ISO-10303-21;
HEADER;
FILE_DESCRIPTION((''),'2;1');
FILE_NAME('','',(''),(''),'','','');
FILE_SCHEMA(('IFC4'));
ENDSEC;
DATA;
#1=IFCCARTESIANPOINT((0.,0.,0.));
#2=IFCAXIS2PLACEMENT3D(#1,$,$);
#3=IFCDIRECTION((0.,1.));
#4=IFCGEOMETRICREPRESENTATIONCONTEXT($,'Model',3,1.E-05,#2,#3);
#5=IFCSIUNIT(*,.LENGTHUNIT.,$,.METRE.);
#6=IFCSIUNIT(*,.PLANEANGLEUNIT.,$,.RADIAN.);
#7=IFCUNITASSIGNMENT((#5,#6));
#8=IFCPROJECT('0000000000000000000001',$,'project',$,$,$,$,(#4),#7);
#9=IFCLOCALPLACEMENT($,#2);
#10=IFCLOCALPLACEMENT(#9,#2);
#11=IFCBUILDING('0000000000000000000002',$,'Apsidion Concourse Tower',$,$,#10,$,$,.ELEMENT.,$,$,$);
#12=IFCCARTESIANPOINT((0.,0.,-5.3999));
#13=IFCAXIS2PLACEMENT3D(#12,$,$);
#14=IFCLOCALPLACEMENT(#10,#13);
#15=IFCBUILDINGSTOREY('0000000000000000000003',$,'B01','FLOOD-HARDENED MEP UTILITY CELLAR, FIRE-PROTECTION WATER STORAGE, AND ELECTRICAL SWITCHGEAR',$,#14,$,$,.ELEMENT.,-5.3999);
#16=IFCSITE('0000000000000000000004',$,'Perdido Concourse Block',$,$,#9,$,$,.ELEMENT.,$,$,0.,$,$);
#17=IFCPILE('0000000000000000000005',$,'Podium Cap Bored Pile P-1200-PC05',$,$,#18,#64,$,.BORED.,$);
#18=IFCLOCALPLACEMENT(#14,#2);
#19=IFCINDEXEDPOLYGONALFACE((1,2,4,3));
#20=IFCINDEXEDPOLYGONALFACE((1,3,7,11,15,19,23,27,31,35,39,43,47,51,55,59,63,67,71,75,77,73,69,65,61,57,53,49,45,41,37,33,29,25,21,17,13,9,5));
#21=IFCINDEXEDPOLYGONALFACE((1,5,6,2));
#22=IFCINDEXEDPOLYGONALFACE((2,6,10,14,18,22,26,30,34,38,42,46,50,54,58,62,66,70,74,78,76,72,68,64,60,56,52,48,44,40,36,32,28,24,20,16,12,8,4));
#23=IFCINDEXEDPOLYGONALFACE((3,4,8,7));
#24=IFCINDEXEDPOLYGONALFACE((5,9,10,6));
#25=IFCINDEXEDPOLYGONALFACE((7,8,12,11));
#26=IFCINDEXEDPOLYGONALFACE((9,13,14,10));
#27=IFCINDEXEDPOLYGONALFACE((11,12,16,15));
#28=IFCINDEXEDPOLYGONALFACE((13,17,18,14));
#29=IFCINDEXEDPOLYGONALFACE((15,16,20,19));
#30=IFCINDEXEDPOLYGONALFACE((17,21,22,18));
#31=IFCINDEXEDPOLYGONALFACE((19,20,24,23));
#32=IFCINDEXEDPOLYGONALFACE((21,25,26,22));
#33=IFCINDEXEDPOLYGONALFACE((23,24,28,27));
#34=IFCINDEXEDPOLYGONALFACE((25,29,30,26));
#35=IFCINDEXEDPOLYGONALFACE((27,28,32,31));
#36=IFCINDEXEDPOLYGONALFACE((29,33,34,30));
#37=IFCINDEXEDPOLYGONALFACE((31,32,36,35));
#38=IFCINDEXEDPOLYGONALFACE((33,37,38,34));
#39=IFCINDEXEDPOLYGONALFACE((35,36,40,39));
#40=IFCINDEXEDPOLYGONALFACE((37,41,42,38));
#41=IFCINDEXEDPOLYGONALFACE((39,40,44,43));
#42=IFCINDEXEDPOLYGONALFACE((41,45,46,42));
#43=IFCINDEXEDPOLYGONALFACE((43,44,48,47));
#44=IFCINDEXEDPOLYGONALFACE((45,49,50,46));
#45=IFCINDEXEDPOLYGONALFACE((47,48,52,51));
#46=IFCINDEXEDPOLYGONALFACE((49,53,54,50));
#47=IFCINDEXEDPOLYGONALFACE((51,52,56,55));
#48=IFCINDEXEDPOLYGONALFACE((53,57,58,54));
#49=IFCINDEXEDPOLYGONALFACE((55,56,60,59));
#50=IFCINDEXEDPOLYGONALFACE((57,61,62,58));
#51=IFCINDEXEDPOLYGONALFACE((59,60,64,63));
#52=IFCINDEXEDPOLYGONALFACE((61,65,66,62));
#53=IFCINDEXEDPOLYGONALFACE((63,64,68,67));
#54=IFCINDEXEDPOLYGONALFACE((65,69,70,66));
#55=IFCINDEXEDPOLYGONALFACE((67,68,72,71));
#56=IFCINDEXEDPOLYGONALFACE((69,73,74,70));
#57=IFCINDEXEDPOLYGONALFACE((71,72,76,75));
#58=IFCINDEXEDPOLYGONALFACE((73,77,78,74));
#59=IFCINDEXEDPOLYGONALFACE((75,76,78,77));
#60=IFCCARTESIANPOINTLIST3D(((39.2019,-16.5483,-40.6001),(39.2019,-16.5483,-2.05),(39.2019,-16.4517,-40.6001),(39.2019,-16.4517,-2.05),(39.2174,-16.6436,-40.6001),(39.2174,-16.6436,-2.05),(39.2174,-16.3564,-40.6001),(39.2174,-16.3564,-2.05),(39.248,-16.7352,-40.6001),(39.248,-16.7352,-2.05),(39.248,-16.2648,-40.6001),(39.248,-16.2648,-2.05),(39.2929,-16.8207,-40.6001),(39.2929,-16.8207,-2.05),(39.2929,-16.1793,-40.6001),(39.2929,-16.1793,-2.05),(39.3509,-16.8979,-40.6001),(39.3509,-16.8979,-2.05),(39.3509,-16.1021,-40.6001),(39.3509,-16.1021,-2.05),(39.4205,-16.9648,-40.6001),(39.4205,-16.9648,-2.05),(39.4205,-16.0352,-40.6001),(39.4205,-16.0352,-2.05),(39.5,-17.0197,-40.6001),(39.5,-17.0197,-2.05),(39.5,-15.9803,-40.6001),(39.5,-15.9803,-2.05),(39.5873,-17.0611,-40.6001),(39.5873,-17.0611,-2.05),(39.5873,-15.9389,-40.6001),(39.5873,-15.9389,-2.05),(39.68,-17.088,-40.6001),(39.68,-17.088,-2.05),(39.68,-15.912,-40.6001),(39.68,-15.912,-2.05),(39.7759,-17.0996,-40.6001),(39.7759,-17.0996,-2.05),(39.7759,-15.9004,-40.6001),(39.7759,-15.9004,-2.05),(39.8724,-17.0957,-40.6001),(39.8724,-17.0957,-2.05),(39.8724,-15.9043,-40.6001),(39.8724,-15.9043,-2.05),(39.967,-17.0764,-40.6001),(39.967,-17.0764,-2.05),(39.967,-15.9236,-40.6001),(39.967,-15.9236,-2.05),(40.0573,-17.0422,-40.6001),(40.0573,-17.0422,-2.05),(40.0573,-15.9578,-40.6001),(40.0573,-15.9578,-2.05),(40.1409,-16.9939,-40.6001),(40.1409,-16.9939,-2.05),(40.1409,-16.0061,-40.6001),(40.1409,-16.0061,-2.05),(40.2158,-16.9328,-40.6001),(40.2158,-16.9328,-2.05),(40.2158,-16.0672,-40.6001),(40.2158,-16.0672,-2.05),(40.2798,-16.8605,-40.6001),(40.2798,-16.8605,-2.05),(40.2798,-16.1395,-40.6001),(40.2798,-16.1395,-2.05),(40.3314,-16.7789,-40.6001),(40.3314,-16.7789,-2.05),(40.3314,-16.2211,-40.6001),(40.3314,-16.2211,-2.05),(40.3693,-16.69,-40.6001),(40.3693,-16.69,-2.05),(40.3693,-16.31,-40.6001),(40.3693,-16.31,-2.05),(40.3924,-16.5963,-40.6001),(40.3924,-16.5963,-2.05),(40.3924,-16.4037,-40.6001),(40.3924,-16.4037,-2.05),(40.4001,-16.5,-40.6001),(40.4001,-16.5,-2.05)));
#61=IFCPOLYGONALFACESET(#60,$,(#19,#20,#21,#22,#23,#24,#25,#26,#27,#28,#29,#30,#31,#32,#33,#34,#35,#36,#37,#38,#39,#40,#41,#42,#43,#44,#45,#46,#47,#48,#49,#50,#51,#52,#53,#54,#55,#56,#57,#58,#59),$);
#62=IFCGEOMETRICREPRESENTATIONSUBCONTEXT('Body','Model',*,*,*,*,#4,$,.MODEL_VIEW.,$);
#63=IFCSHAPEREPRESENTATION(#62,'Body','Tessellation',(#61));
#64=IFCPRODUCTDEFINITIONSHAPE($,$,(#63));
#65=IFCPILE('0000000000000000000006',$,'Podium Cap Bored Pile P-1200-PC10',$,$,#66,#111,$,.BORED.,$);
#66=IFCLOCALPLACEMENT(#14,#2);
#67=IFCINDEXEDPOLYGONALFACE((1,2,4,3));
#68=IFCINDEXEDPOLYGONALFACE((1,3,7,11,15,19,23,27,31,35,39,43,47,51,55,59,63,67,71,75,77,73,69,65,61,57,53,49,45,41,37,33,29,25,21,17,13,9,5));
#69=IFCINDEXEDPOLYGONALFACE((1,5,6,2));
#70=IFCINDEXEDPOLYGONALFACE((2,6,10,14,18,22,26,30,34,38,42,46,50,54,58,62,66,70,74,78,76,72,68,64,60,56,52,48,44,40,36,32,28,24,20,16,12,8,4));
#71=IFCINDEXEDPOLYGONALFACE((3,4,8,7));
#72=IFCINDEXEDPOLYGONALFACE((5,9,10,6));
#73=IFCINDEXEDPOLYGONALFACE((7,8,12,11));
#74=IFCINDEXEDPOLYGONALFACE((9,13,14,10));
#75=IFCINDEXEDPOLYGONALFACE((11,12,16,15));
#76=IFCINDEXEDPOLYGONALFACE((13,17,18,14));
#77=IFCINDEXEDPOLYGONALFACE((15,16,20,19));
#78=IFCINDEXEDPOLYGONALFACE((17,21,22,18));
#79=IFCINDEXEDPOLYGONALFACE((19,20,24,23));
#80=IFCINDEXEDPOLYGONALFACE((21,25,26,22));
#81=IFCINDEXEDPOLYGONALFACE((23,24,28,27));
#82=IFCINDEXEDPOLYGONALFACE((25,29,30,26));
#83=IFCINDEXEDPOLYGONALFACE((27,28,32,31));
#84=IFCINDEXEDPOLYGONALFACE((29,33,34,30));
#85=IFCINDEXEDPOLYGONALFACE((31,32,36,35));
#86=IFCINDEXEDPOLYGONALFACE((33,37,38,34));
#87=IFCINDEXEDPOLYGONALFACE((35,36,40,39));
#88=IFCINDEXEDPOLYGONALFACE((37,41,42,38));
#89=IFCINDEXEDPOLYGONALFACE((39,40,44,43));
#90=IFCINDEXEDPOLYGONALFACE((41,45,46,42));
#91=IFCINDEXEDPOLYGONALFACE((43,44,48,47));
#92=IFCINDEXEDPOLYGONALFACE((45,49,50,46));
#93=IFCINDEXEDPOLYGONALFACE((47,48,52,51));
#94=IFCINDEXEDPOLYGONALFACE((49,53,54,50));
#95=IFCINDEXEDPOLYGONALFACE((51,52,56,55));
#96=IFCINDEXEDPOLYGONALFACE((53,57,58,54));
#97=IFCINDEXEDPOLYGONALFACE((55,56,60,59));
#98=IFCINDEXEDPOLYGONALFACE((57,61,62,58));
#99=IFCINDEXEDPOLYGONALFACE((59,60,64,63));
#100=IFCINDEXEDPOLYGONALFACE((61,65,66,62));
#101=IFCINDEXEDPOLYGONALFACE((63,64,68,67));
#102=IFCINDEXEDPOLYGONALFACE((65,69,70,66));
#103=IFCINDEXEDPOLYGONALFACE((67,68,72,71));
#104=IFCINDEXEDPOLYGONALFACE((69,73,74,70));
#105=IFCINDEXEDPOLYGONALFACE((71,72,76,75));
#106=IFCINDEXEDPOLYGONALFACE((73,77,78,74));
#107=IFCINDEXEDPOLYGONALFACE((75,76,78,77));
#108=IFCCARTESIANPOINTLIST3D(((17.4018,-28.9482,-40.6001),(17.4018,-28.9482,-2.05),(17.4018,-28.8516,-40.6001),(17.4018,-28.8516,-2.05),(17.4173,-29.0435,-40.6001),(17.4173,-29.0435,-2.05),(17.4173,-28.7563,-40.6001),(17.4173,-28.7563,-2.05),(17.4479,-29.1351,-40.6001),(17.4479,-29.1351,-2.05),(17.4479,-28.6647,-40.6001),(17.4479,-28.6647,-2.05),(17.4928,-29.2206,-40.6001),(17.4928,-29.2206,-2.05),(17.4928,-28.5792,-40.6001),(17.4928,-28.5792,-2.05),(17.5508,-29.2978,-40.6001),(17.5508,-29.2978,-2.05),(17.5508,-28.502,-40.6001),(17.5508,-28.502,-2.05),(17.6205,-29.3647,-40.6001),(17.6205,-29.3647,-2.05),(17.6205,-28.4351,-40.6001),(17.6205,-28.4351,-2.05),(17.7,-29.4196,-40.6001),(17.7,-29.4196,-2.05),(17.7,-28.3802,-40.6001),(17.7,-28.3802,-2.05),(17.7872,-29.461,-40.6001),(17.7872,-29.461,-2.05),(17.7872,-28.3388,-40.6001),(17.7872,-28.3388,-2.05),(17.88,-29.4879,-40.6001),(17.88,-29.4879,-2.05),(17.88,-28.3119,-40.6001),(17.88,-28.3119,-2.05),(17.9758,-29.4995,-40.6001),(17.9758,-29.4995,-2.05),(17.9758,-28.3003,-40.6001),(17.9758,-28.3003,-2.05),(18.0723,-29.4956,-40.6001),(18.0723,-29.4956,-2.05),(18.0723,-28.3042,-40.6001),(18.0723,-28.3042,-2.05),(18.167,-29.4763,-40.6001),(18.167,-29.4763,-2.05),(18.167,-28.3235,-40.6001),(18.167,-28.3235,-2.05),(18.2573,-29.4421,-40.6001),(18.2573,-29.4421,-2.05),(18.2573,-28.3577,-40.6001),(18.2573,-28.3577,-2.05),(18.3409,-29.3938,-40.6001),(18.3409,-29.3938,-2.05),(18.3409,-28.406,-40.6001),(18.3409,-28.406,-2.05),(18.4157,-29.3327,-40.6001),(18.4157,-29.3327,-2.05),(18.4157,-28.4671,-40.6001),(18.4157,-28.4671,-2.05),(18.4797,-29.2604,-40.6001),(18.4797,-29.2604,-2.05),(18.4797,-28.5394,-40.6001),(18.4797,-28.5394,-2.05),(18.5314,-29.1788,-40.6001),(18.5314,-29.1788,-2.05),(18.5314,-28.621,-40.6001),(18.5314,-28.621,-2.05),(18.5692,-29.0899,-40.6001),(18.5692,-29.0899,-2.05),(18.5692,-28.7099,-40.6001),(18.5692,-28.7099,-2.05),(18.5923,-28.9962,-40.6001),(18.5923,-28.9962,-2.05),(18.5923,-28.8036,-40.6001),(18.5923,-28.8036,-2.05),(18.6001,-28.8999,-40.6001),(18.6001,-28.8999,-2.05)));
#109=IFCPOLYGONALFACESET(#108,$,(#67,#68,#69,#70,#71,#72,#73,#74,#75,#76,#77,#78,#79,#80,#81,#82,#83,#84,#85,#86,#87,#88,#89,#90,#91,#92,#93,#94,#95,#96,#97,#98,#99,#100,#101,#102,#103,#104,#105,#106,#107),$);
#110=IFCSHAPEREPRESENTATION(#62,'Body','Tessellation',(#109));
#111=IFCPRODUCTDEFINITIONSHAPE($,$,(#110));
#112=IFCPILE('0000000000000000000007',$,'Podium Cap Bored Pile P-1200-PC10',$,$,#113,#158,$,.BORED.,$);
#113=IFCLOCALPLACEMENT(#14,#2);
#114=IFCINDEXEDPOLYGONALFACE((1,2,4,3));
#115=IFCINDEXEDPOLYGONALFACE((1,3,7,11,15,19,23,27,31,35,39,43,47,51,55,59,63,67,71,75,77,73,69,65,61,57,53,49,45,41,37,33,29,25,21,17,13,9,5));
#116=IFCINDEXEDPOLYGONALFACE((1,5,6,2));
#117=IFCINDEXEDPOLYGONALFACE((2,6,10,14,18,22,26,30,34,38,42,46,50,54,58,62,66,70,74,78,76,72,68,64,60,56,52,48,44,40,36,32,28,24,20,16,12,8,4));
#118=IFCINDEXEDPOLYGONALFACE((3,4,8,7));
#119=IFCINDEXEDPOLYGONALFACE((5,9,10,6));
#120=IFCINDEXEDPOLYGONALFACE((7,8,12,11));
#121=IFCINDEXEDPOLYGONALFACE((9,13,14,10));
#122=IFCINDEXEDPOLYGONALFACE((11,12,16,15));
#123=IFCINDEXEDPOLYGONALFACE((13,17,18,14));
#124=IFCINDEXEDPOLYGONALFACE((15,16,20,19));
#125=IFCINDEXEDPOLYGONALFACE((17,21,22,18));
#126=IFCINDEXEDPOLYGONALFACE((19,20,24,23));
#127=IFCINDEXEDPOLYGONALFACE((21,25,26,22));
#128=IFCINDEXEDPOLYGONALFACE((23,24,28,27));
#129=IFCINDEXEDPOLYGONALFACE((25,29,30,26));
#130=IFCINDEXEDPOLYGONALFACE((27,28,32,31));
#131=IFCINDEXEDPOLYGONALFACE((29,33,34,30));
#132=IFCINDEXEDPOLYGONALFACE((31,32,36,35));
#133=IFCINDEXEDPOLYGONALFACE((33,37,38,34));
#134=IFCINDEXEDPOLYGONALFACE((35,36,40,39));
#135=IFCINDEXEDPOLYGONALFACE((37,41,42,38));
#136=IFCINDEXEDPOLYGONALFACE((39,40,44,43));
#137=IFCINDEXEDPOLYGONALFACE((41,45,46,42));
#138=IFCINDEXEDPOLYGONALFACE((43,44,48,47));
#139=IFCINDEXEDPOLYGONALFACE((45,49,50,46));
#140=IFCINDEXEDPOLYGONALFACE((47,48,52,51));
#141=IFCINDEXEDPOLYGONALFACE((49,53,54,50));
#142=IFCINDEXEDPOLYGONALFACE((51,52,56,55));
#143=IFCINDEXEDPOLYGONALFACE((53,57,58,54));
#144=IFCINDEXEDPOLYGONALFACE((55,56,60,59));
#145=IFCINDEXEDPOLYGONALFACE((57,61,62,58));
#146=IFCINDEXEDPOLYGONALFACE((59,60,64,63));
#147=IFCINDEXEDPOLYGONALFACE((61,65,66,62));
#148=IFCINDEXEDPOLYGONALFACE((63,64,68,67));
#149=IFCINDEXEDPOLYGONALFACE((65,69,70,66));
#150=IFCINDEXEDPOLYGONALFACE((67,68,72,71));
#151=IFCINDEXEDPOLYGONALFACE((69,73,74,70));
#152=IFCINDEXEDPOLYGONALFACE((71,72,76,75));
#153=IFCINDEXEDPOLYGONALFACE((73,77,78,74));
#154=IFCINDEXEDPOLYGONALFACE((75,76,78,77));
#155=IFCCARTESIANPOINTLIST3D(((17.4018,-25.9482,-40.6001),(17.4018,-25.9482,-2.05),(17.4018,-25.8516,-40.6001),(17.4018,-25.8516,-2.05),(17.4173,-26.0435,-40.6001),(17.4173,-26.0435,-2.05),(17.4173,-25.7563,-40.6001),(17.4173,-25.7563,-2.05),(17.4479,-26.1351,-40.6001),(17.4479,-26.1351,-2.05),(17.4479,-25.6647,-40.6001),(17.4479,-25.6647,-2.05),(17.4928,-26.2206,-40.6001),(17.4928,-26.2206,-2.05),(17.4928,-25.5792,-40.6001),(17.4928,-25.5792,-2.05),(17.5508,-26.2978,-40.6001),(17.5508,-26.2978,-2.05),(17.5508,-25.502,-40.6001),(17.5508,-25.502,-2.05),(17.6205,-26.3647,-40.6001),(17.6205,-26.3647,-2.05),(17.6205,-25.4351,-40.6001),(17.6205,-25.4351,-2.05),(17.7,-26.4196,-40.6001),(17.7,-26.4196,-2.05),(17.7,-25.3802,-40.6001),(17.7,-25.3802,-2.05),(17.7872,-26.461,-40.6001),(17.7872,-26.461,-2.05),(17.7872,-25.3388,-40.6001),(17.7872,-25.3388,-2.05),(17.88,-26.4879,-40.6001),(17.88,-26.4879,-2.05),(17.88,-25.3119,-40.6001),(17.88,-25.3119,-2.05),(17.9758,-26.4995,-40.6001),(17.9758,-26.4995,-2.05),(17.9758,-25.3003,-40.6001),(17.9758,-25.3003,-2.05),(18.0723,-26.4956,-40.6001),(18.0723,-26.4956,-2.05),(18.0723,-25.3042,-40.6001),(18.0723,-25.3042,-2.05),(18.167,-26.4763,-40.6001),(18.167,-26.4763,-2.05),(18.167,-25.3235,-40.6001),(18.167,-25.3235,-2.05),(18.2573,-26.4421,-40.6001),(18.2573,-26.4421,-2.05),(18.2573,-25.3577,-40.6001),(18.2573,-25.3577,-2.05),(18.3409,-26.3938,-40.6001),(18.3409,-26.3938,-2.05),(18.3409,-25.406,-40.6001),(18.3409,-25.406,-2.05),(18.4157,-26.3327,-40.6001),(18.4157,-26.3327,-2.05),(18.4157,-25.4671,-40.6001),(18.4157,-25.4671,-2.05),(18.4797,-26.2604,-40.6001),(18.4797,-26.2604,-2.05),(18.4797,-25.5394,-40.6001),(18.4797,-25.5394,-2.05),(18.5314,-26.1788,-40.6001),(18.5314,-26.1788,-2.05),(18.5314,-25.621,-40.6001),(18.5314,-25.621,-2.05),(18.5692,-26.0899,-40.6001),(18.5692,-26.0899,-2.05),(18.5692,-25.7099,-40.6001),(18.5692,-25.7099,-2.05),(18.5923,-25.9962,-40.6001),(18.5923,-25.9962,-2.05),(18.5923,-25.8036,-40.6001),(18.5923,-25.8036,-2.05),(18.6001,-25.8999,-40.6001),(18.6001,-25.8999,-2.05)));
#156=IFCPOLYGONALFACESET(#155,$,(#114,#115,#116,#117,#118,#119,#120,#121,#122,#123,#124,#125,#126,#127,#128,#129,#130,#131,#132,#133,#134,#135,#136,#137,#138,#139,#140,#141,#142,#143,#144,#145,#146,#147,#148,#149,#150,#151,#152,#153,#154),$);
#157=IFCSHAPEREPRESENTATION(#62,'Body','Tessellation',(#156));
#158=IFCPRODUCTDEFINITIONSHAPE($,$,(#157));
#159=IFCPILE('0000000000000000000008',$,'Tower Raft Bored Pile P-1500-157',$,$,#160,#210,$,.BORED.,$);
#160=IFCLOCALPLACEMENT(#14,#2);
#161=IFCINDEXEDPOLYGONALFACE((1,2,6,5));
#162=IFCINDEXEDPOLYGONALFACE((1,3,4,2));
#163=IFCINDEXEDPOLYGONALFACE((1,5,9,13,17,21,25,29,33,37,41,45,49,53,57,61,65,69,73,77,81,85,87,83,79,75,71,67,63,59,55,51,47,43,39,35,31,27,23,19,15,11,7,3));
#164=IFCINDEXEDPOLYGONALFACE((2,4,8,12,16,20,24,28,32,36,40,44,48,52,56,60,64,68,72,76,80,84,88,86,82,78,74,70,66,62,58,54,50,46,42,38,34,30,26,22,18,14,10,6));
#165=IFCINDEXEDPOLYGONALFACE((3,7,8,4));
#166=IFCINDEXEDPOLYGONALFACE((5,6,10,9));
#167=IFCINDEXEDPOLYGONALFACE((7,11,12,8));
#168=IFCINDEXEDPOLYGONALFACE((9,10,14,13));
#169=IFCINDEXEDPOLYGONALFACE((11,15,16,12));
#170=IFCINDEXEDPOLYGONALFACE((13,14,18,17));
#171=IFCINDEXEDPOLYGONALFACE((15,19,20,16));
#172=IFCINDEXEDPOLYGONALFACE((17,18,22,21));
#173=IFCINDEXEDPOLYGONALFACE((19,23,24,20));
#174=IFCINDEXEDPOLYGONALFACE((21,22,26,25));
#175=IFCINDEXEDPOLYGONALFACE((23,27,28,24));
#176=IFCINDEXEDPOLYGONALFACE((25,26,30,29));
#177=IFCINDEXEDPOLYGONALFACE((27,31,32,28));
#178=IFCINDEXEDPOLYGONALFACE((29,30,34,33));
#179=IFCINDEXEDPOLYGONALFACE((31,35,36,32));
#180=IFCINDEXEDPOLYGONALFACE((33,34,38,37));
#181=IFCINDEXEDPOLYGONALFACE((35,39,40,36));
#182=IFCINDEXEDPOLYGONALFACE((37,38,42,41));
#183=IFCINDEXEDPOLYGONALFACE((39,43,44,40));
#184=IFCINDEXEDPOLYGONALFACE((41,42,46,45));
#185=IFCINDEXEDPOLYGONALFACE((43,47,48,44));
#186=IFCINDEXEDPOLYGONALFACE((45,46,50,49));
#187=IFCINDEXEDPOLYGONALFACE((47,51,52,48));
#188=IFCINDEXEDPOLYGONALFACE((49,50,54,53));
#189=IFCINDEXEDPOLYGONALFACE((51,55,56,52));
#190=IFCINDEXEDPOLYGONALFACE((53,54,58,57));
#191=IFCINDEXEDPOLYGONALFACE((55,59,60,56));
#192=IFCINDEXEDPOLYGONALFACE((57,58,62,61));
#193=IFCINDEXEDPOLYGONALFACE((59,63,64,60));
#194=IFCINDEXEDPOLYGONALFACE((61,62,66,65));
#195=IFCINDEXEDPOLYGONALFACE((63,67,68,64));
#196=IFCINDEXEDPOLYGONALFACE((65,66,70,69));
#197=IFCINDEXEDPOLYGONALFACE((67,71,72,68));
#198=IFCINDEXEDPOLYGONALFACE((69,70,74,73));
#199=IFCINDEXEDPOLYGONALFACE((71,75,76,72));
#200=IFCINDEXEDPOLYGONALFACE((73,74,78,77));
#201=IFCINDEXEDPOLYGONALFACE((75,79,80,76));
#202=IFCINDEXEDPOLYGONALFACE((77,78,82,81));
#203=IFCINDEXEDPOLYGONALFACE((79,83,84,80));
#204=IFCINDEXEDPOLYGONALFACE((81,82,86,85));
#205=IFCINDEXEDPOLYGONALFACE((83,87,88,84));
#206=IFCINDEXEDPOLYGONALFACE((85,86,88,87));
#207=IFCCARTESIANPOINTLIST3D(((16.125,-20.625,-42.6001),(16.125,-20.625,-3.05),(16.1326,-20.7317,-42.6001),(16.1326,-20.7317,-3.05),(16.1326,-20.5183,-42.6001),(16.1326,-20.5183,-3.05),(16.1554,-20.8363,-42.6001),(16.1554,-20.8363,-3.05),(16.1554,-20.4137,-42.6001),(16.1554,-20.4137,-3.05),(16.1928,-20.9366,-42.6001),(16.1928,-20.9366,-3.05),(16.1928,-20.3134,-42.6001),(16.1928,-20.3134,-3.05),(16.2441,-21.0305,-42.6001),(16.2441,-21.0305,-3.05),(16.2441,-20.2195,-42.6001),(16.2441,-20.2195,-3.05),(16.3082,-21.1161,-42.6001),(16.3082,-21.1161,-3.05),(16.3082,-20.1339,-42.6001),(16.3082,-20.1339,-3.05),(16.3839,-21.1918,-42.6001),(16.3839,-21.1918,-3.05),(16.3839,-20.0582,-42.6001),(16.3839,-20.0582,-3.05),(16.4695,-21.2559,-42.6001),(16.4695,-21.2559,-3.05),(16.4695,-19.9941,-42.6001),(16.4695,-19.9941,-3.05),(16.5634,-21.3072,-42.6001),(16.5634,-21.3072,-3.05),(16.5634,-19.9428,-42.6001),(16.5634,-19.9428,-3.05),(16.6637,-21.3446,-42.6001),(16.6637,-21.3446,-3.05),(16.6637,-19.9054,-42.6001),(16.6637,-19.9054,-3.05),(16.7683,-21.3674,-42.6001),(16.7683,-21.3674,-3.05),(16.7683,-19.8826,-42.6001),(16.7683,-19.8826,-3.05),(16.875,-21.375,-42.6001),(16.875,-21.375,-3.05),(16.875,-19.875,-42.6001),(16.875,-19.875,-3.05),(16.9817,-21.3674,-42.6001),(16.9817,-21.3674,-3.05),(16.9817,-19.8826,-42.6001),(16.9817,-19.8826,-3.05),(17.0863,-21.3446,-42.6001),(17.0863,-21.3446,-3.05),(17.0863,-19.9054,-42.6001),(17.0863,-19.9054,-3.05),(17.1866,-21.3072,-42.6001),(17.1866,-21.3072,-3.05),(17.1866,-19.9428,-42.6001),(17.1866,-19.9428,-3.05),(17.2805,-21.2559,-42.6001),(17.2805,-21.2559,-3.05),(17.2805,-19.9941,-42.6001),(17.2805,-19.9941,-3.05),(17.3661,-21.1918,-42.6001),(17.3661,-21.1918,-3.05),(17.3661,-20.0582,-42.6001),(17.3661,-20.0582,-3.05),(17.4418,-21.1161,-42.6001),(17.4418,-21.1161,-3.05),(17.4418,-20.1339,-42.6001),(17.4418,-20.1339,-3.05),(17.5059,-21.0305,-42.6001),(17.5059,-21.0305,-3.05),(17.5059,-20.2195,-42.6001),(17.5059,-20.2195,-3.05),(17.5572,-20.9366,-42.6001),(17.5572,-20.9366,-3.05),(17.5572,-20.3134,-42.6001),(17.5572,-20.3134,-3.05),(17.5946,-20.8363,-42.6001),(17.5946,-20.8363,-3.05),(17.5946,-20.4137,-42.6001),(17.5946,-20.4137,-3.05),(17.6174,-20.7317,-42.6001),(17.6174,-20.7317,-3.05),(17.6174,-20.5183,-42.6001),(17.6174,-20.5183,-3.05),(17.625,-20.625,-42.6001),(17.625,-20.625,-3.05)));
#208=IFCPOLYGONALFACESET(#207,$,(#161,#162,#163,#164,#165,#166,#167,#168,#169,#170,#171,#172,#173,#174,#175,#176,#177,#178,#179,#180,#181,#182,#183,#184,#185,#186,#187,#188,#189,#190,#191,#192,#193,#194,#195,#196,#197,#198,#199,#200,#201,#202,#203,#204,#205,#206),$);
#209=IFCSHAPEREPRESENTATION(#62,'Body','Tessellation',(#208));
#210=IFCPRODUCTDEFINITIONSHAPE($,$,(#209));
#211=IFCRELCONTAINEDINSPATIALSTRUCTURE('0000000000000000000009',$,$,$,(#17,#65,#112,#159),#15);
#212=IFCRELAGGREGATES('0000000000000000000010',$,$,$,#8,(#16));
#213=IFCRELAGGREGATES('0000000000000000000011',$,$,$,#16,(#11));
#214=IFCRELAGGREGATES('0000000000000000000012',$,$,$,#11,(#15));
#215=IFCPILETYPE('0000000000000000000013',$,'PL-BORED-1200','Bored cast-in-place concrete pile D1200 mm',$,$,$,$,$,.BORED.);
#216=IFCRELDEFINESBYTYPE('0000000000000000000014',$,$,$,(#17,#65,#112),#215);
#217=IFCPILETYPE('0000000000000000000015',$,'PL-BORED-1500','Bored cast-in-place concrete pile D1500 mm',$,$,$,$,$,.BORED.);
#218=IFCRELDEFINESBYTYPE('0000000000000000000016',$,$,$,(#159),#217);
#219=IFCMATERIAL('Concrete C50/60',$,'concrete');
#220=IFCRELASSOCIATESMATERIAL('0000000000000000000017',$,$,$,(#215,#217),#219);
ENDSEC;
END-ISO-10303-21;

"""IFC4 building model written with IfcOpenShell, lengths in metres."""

from ifc_helpers import new_model, si_unit, direction, frame, origin, origin_2d, place, context, subcontext, project, spatial, circle, extrude, material, material_profile, profile_set, type_object, element, save


model = new_model("IFC4")

# Units and contexts
model_context = context("Model", 3, precision=1e-05, world=origin(), true_north=direction((0.0, 1.0)))
body_context = subcontext(model_context, "Body", "Model", "MODEL_VIEW")
ifc_project = project(units=[si_unit("LENGTHUNIT", "METRE"), si_unit("PLANEANGLEUNIT", "RADIAN")], contexts=[model_context])

# Site, building, storey
site_placement = place(None, origin())
site = spatial("IfcSite", under=ifc_project, at=site_placement, Name="Perdido Concourse Block", CompositionType="ELEMENT", RefElevation=0.0)
building_placement = place(site_placement, origin())
building = spatial("IfcBuilding", under=site, at=building_placement, Name="Apsidion Concourse Tower", CompositionType="ELEMENT")
storey_placement = place(building_placement, frame((0.0, 0.0, -5.3999)))
storey = spatial("IfcBuildingStorey", under=building, at=storey_placement, Name="B01", Description="FLOOD-HARDENED MEP UTILITY CELLAR, FIRE-PROTECTION WATER STORAGE, AND ELECTRICAL SWITCHGEAR", CompositionType="ELEMENT", Elevation=-5.3999)

# Shared definitions
ifc_material_1 = material(Name="Concrete C50/60", Category="concrete")

# Piles
ifc_material_profile_1 = material_profile(ifc_material_1, circle(Radius=0.6001, at=origin_2d()), Name="BORED PILE D1200")
ifc_profile_set_1 = profile_set([ifc_material_profile_1], Name="Concrete C50/60")
pile_type_1 = type_object("IfcPileType", Name="PL-BORED-1200", Description="Bored cast-in-place concrete pile D1200 mm", PredefinedType="BORED", material=ifc_profile_set_1)
for number, where, z_axis, x_axis, name in (
    (1, (39.8, -16.5, -2.05), (0.0, 0.0, -1.0), (1.0, 0.0, 0.0), "Podium Cap Bored Pile P-1200-PC05"),
    (2, (18.0, -28.8999, -2.05), (0.0, 0.0, -1.0), (1.0, 0.0, 0.0), "Podium Cap Bored Pile P-1200-PC10"),
    (3, (18.0, -25.8999, -2.05), (0.0, 0.0, -1.0), (1.0, 0.0, 0.0), "Podium Cap Bored Pile P-1200-PC10"),
):
    element("IfcPile", number, at=place(storey_placement, frame(where, z_axis=z_axis, x_axis=x_axis)), inside=storey, type_object=pile_type_1, Name=name, PredefinedType="BORED", context=body_context, shape_type="SweptSolid", body=[
        extrude(circle(Radius=0.6001, at=origin_2d()), origin(), (0.0, 0.0, 1.0), 38.55),
    ])
ifc_material_profile_2 = material_profile(ifc_material_1, circle(Radius=0.75, at=origin_2d()), Name="BORED PILE D1500")
ifc_profile_set_2 = profile_set([ifc_material_profile_2], Name="Concrete C50/60")
pile_type_2 = type_object("IfcPileType", Name="PL-BORED-1500", Description="Bored cast-in-place concrete pile D1500 mm", PredefinedType="BORED", material=ifc_profile_set_2)
for number, where, z_axis, x_axis, name in (
    (4, (16.875, -20.625, -3.05), (0.0, 0.0, -1.0), (1.0, 0.0, 0.0), "Tower Raft Bored Pile P-1500-157"),
):
    element("IfcPile", number, at=place(storey_placement, frame(where, z_axis=z_axis, x_axis=x_axis)), inside=storey, type_object=pile_type_2, Name=name, PredefinedType="BORED", context=body_context, shape_type="SweptSolid", body=[
        extrude(circle(Radius=0.75, at=origin_2d()), origin(), (0.0, 0.0, 1.0), 39.55),
    ])

save(model, "model.ifc")
